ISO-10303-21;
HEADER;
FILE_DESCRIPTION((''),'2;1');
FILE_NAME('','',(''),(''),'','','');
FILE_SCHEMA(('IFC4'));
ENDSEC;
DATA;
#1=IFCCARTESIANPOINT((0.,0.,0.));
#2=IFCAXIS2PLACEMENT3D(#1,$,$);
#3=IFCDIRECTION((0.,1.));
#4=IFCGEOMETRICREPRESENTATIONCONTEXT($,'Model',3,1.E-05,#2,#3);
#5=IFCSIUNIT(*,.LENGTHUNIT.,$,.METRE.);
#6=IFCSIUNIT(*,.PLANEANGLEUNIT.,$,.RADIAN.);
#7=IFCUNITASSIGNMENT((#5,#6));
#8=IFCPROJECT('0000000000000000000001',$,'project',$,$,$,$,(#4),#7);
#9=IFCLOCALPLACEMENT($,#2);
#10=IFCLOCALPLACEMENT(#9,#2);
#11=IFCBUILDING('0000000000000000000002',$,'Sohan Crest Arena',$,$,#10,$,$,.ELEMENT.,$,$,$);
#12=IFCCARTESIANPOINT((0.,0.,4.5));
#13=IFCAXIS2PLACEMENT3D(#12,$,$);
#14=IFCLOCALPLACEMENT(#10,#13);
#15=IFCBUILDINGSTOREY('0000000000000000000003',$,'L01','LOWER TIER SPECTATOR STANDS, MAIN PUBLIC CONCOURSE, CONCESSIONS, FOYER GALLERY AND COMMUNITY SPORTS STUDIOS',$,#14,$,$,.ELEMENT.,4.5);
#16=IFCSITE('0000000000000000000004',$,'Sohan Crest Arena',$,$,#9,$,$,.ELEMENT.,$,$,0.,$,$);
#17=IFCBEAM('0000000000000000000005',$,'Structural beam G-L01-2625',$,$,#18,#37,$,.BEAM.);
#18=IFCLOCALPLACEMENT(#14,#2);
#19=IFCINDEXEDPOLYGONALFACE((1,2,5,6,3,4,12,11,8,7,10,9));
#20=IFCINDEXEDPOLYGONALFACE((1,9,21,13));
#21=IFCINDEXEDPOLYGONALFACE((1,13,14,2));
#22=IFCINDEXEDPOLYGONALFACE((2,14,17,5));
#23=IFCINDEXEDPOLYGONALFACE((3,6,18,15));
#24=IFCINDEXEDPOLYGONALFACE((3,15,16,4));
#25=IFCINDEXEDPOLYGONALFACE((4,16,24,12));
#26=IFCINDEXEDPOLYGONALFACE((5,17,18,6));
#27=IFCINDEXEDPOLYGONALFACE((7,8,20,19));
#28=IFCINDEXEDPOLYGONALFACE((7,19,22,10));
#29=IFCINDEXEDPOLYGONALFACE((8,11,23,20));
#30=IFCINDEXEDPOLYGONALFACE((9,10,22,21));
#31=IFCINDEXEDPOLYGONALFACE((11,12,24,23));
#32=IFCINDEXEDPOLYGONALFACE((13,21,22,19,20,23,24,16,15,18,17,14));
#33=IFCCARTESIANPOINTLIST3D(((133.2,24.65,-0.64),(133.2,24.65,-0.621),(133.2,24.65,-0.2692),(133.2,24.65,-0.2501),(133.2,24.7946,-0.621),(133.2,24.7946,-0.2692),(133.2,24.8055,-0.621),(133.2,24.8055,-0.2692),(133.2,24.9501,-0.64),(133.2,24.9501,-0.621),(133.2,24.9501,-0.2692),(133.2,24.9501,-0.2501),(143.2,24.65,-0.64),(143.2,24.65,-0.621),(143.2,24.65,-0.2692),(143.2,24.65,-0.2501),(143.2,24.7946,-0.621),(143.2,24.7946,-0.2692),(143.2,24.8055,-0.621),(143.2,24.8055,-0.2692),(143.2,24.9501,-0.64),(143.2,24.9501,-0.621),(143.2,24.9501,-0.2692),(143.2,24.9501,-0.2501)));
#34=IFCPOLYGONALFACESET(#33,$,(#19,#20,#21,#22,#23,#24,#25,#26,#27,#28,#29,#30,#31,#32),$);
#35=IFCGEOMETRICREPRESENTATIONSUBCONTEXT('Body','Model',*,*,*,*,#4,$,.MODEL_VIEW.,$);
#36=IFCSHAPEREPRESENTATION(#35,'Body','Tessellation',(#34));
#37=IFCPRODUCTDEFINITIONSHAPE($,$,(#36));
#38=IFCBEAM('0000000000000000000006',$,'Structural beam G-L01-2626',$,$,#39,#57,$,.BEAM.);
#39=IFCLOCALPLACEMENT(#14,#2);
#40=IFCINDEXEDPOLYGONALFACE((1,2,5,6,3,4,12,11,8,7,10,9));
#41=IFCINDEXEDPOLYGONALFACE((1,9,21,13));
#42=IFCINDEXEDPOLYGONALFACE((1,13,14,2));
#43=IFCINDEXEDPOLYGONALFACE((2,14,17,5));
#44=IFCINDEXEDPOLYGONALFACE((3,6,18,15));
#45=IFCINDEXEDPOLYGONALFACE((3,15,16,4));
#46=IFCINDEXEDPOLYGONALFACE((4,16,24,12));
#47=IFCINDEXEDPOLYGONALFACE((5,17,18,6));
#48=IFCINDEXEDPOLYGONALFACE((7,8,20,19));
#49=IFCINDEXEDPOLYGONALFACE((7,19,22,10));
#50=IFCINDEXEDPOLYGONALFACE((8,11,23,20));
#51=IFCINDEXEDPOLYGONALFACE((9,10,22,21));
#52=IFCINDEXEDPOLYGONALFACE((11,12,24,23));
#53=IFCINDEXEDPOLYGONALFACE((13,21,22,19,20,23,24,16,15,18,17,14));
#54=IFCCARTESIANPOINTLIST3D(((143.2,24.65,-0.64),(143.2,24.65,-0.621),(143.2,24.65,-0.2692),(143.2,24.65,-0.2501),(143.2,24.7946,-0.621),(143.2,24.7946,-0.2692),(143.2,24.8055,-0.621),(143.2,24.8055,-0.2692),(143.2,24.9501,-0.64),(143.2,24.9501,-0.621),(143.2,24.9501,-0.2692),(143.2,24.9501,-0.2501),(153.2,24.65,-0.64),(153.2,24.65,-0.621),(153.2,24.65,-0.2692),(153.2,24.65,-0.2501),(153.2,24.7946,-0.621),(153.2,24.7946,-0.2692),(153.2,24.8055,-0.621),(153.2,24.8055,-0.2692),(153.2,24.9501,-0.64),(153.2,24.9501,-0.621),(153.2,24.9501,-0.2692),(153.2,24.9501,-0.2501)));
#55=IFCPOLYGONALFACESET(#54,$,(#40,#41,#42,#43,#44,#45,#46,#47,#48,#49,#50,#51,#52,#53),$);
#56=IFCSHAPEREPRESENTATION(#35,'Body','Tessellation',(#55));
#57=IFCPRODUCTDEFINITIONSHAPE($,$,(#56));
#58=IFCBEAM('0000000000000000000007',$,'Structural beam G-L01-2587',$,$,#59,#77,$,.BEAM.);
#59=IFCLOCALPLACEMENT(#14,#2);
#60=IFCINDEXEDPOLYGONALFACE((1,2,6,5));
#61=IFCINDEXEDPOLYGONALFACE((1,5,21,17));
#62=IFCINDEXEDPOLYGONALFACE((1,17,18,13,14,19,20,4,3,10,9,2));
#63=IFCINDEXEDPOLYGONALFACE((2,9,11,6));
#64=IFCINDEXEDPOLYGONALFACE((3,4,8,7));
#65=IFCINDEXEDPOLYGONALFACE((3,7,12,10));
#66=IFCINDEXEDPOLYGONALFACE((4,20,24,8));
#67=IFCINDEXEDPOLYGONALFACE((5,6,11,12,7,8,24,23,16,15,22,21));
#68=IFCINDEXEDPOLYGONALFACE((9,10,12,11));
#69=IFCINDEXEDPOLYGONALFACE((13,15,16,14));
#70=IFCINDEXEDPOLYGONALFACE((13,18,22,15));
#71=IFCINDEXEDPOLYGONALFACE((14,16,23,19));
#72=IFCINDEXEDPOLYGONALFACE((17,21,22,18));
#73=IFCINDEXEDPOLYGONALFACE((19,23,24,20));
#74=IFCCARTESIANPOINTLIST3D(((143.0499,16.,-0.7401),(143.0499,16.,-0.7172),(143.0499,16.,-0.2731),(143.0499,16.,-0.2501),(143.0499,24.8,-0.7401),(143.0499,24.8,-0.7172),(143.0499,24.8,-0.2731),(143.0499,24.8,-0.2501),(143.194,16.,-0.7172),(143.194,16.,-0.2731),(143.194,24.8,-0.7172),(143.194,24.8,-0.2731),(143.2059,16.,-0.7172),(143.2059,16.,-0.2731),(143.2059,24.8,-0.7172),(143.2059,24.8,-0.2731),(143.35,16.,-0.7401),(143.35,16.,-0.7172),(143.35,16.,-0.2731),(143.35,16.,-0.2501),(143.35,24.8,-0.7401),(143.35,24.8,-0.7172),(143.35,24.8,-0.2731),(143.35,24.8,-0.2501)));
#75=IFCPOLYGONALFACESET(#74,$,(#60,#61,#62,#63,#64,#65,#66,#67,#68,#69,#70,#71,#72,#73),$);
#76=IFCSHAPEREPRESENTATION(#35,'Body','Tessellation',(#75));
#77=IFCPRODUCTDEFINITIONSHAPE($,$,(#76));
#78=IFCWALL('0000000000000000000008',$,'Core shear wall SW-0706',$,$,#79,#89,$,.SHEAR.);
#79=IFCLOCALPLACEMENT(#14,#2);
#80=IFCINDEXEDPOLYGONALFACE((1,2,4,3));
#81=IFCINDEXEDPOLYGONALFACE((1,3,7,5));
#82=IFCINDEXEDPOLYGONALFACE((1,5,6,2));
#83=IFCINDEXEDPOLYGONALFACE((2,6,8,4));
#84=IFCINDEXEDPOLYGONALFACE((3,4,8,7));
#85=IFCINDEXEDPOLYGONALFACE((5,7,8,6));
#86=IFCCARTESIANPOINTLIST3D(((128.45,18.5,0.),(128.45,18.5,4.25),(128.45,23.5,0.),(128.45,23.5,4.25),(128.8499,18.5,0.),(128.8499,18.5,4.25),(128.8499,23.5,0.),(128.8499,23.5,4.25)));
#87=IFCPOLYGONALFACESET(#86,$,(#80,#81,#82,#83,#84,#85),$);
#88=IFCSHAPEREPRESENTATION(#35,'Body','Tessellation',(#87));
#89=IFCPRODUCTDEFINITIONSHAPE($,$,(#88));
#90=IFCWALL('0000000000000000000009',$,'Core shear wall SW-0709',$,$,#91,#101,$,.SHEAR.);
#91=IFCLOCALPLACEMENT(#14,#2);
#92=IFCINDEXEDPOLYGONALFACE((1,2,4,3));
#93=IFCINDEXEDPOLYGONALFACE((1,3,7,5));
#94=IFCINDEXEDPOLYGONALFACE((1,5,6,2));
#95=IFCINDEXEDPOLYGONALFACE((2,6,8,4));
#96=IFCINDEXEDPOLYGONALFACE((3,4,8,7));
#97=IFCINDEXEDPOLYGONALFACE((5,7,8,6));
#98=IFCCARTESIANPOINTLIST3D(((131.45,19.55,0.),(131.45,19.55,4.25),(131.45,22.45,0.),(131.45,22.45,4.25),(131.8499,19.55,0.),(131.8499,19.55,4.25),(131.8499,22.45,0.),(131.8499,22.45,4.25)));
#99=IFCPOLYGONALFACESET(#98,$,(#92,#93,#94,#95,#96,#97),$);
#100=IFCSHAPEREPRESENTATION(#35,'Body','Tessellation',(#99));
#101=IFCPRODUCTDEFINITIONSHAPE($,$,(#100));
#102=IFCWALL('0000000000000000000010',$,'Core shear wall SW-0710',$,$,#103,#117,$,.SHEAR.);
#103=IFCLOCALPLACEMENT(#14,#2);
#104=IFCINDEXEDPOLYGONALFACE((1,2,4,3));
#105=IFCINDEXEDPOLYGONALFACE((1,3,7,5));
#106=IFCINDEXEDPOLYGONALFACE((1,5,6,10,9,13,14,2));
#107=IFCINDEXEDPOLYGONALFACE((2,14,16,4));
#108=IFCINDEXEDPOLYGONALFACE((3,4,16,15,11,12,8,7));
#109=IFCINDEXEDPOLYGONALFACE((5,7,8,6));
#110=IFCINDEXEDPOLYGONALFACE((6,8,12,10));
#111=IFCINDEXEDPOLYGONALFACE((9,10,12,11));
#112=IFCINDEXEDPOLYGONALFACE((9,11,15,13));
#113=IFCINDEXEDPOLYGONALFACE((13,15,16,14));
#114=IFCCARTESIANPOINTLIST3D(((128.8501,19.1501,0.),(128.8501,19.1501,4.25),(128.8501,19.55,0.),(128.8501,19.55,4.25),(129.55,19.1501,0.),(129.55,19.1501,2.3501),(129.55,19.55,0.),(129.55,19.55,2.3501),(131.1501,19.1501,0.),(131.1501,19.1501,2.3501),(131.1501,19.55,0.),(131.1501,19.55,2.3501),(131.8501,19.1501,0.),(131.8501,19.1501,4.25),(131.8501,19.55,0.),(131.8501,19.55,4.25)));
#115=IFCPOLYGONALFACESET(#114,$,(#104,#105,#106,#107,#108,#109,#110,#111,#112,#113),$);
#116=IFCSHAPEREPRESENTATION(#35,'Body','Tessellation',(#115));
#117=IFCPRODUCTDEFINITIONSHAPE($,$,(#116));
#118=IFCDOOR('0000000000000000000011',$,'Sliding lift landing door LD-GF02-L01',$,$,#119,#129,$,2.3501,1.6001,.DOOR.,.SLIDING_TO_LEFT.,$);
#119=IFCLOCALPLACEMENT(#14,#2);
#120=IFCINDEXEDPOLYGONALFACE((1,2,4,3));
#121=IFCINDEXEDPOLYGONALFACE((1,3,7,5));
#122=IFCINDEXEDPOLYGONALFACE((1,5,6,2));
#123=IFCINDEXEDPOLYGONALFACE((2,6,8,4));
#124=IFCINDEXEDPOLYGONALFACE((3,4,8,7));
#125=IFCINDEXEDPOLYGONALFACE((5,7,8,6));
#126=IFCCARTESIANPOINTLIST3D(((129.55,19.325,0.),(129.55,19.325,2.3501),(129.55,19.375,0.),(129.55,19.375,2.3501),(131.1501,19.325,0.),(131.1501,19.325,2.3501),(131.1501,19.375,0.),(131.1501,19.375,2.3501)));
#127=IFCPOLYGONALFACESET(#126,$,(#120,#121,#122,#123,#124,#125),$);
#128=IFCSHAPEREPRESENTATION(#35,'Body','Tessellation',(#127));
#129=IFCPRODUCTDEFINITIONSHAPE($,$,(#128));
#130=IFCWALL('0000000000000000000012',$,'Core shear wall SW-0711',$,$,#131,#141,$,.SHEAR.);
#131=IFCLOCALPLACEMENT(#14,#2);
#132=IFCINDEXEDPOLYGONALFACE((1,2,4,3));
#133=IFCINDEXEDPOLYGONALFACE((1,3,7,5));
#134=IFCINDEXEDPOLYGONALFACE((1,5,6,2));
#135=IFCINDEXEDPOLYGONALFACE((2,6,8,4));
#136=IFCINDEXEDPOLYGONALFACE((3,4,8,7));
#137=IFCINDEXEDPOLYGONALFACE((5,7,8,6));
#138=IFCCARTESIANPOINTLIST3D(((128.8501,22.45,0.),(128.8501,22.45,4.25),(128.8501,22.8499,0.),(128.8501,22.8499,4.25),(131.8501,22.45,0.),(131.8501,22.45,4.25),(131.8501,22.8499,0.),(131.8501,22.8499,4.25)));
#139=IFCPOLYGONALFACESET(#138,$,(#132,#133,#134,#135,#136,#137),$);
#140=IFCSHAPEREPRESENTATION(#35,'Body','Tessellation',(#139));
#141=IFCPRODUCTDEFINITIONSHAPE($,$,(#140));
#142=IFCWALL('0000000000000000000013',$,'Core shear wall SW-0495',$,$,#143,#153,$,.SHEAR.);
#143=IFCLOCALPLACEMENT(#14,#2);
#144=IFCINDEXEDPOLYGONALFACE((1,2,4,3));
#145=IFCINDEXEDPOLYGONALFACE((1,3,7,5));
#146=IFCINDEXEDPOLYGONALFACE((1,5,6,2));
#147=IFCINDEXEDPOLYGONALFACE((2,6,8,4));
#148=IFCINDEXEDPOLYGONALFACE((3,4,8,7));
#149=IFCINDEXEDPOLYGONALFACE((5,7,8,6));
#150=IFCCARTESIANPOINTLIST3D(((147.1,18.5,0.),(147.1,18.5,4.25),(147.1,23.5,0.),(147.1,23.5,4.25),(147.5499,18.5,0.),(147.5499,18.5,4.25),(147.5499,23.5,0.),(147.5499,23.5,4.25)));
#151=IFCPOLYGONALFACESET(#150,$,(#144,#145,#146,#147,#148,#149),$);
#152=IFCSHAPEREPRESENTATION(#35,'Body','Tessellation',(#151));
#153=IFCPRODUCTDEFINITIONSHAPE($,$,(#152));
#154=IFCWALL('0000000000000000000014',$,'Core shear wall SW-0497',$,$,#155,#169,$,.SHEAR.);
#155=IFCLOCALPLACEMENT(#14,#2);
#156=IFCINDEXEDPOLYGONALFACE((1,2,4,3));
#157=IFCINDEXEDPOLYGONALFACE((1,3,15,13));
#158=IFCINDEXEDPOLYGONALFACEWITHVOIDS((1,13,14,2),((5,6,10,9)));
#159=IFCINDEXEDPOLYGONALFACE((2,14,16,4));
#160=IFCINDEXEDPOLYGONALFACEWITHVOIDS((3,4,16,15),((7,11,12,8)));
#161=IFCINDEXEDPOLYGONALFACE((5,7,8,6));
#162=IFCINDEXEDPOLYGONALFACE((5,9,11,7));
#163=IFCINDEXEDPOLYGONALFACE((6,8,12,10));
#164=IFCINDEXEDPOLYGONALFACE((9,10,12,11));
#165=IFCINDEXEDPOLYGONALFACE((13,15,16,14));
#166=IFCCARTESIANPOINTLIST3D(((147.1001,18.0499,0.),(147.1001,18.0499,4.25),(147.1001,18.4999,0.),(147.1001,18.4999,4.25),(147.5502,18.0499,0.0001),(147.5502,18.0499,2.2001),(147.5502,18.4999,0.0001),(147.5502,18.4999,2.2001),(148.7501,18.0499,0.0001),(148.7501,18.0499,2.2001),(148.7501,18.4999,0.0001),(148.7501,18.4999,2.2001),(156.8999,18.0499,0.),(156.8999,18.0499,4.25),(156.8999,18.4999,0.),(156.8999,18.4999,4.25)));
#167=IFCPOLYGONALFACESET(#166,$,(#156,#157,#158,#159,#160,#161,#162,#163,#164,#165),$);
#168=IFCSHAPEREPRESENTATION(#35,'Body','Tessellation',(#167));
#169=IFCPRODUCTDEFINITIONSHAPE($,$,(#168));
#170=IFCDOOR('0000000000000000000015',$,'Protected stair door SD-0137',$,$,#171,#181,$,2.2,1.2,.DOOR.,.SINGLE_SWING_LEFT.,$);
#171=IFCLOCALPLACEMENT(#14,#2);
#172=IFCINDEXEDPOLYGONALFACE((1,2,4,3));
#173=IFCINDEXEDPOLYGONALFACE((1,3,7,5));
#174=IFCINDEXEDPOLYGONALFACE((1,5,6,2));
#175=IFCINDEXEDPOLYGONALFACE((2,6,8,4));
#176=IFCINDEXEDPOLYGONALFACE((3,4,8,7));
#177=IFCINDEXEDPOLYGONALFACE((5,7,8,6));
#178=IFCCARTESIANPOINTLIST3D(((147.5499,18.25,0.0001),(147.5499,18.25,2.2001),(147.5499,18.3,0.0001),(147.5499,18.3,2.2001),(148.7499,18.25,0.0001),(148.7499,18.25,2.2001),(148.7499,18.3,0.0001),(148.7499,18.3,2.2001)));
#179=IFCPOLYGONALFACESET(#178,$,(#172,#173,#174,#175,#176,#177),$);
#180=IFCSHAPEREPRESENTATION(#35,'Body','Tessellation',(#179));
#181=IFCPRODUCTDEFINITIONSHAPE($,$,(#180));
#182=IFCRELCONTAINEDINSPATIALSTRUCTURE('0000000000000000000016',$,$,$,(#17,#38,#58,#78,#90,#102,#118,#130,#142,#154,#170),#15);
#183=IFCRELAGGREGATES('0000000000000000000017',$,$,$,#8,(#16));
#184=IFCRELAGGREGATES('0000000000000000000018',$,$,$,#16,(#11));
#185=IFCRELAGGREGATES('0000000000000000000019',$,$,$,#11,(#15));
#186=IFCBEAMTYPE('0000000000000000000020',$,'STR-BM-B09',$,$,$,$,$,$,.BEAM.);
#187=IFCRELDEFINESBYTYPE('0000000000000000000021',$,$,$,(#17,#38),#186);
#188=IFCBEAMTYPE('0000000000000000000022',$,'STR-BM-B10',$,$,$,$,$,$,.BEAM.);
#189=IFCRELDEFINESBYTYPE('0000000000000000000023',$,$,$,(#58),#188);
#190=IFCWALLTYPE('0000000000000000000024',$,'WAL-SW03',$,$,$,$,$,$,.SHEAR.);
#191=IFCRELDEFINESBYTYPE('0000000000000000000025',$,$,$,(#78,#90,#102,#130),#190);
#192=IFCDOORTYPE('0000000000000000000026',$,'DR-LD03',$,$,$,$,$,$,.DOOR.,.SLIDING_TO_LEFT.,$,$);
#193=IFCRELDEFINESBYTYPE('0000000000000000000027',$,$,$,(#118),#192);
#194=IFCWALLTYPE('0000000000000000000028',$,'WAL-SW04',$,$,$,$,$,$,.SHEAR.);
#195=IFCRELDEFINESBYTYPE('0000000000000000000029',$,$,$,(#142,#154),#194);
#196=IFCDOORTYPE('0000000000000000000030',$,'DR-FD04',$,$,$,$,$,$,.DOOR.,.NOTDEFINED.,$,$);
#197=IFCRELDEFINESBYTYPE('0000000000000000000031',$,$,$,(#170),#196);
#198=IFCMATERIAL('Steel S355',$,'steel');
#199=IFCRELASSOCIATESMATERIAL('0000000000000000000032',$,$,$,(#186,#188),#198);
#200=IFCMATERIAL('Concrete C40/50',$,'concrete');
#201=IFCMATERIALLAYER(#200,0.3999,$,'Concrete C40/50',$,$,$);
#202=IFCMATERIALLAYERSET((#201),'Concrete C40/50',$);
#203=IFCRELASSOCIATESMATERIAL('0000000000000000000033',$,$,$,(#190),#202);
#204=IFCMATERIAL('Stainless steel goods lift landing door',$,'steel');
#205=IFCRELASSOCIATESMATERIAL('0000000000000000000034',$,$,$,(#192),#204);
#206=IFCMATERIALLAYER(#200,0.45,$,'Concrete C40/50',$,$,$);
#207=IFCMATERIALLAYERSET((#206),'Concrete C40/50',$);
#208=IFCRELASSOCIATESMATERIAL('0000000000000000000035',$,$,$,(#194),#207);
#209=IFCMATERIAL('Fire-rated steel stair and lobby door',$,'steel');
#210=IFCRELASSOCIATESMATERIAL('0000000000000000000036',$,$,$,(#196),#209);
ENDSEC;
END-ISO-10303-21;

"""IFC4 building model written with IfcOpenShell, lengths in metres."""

from ifc_helpers import new_model, si_unit, direction, frame, frame_2d, origin, origin_2d, place, context, subcontext, project, spatial, rectangle, i_section, extrude, material, layer, layer_set, material_profile, profile_set, type_object, element, fill, save


model = new_model("IFC4")

# Units and contexts
model_context = context("Model", 3, precision=1e-05, world=origin(), true_north=direction((0.0, 1.0)))
body_context = subcontext(model_context, "Body", "Model", "MODEL_VIEW")
ifc_project = project(units=[si_unit("LENGTHUNIT", "METRE"), si_unit("PLANEANGLEUNIT", "RADIAN")], contexts=[model_context])

# Site, building, storey
site_placement = place(None, origin())
site = spatial("IfcSite", under=ifc_project, at=site_placement, Name="Sohan Crest Arena", CompositionType="ELEMENT", RefElevation=0.0)
building_placement = place(site_placement, origin())
building = spatial("IfcBuilding", under=site, at=building_placement, Name="Sohan Crest Arena", CompositionType="ELEMENT")
storey_placement = place(building_placement, frame((0.0, 0.0, 4.5)))
storey = spatial("IfcBuildingStorey", under=building, at=storey_placement, Name="L01", Description="LOWER TIER SPECTATOR STANDS, MAIN PUBLIC CONCOURSE, CONCESSIONS, FOYER GALLERY AND COMMUNITY SPORTS STUDIOS", CompositionType="ELEMENT", Elevation=4.5)

# Shared definitions
ifc_material_1 = material(Name="Steel S355", Category="steel")

# Beams
ifc_material_profile_1 = material_profile(ifc_material_1, i_section(OverallWidth=0.3, OverallDepth=0.3899, WebThickness=0.011, FlangeThickness=0.019, at=origin_2d()), Name="HEA 400")
ifc_profile_set_1 = profile_set([ifc_material_profile_1], Name="Steel S355")
beam_type_1 = type_object("IfcBeamType", Name="STR-BM-B09", PredefinedType="BEAM", material=ifc_profile_set_1)
for number, where, z_axis, x_axis, name in (
    (1, (133.2, 24.8, -0.4451), (1.0, 0.0, 0.0), (0.0, 1.0, 0.0), "Structural beam G-L01-2625"),
    (2, (143.2, 24.8, -0.4451), (1.0, 0.0, 0.0), (0.0, 1.0, 0.0), "Structural beam G-L01-2626"),
):
    element("IfcBeam", number, at=place(storey_placement, frame(where, z_axis=z_axis, x_axis=x_axis)), inside=storey, type_object=beam_type_1, Name=name, PredefinedType="BEAM", context=body_context, shape_type="SweptSolid", body=[
        extrude(i_section(OverallWidth=0.3, OverallDepth=0.3899, WebThickness=0.011, FlangeThickness=0.019, at=origin_2d()), origin(), (0.0, 0.0, 1.0), 10.0),
    ])
ifc_material_profile_2 = material_profile(ifc_material_1, i_section(OverallWidth=0.3, OverallDepth=0.49, WebThickness=0.012, FlangeThickness=0.0229, at=origin_2d()), Name="HEA 500")
ifc_profile_set_2 = profile_set([ifc_material_profile_2], Name="Steel S355")
beam_type_2 = type_object("IfcBeamType", Name="STR-BM-B10", PredefinedType="BEAM", material=ifc_profile_set_2)
beam_1_placement = place(storey_placement, frame((143.2, 16.0, -0.4951), z_axis=(0.0, 1.0, 0.0), x_axis=(-1.0, 0.0, 0.0)))
element("IfcBeam", 3, at=beam_1_placement, inside=storey, type_object=beam_type_2, Name="Structural beam G-L01-2587", PredefinedType="BEAM", context=body_context, shape_type="SweptSolid", body=[
    extrude(i_section(OverallWidth=0.3, OverallDepth=0.49, WebThickness=0.012, FlangeThickness=0.0229, at=origin_2d()), origin(), (0.0, 0.0, 1.0), 8.8),
])

# Walls
ifc_material_2 = material(Name="Concrete C40/50", Category="concrete")
ifc_layer_1 = layer(ifc_material_2, 0.3999, Name="Concrete C40/50")
ifc_layer_set_1 = layer_set([ifc_layer_1], Name="Concrete C40/50")
wall_type_1 = type_object("IfcWallType", Name="WAL-SW03", PredefinedType="SHEAR", material=ifc_layer_set_1)
wall_1_placement = place(storey_placement, frame((128.6499, 18.5, 0.0), z_axis=(0.0, 0.0, 1.0), x_axis=(0.0, 1.0, 0.0)))
element("IfcWall", 4, at=wall_1_placement, inside=storey, type_object=wall_type_1, Name="Core shear wall SW-0706", PredefinedType="SHEAR", context=body_context, shape_type="SweptSolid", body=[
    extrude(rectangle(XDim=5.0, YDim=0.3999, at=frame_2d((2.5, 0.0))), origin(), (0.0, 0.0, 1.0), 4.25),
])
wall_2_placement = place(storey_placement, frame((131.6499, 19.55, 0.0), z_axis=(0.0, 0.0, 1.0), x_axis=(0.0, 1.0, 0.0)))
element("IfcWall", 5, at=wall_2_placement, inside=storey, type_object=wall_type_1, Name="Core shear wall SW-0709", PredefinedType="SHEAR", context=body_context, shape_type="SweptSolid", body=[
    extrude(rectangle(XDim=2.8999, YDim=0.3999, at=frame_2d((1.45, 0.0))), origin(), (0.0, 0.0, 1.0), 4.25),
])

# Wall, opening, door
wall_3_placement = place(storey_placement, frame((128.8501, 19.3501, 0.0), z_axis=(0.0, 0.0, 1.0), x_axis=(1.0, 0.0, 0.0)))
wall_3 = element("IfcWall", 6, at=wall_3_placement, inside=storey, type_object=wall_type_1, Name="Core shear wall SW-0710", PredefinedType="SHEAR", context=body_context, shape_type="SweptSolid", body=[
    extrude(rectangle(XDim=3.0, YDim=0.3999, at=frame_2d((1.5, 0.0))), origin(), (0.0, 0.0, 1.0), 4.25),
])
opening_1_placement = place(wall_3_placement, frame((0.7, 0.0, 0.0)))
opening_1 = element("IfcOpeningElement", 7, at=opening_1_placement, cuts=wall_3, PredefinedType="OPENING", context=body_context, shape_type="SweptSolid", body=[
    extrude(rectangle(XDim=1.6001, YDim=2.3501, at=frame_2d((0.8, 1.175))), frame((0.0, 0.21, 0.0), z_axis=(0.0, -1.0, 0.0), x_axis=(1.0, 0.0, 0.0)), (0.0, 0.0, 1.0), 0.4199),
])
ifc_material_3 = material(Name="Stainless steel goods lift landing door", Category="steel")
door_type_1 = type_object("IfcDoorType", Name="DR-LD03", OperationType="SLIDING_TO_LEFT", PredefinedType="DOOR", material=ifc_material_3)
door_1_placement = place(opening_1_placement, origin())
door_1 = element("IfcDoor", 8, at=door_1_placement, inside=storey, type_object=door_type_1, Name="Sliding lift landing door LD-GF02-L01", OperationType="SLIDING_TO_LEFT", OverallHeight=2.3501, OverallWidth=1.6001, PredefinedType="DOOR", context=body_context, shape_type="SweptSolid", body=[
    extrude(rectangle(XDim=1.6001, YDim=2.3501, at=frame_2d((0.8, 1.175))), frame((0.0, 0.0249, 0.0), z_axis=(0.0, -1.0, 0.0), x_axis=(1.0, 0.0, 0.0)), (0.0, 0.0, 1.0), 0.05),
])
fill(opening_1, door_1)

# Walls
wall_4_placement = place(storey_placement, frame((128.8501, 22.6499, 0.0), z_axis=(0.0, 0.0, 1.0), x_axis=(1.0, 0.0, 0.0)))
element("IfcWall", 9, at=wall_4_placement, inside=storey, type_object=wall_type_1, Name="Core shear wall SW-0711", PredefinedType="SHEAR", context=body_context, shape_type="SweptSolid", body=[
    extrude(rectangle(XDim=3.0, YDim=0.3999, at=frame_2d((1.5, 0.0))), origin(), (0.0, 0.0, 1.0), 4.25),
])
ifc_layer_2 = layer(ifc_material_2, 0.45, Name="Concrete C40/50")
ifc_layer_set_2 = layer_set([ifc_layer_2], Name="Concrete C40/50")
wall_type_2 = type_object("IfcWallType", Name="WAL-SW04", PredefinedType="SHEAR", material=ifc_layer_set_2)
wall_5_placement = place(storey_placement, frame((147.325, 18.5, 0.0), z_axis=(0.0, 0.0, 1.0), x_axis=(0.0, 1.0, 0.0)))
element("IfcWall", 10, at=wall_5_placement, inside=storey, type_object=wall_type_2, Name="Core shear wall SW-0495", PredefinedType="SHEAR", context=body_context, shape_type="SweptSolid", body=[
    extrude(rectangle(XDim=5.0, YDim=0.45, at=frame_2d((2.5, 0.0))), origin(), (0.0, 0.0, 1.0), 4.25),
])

# Wall, opening, door
wall_6_placement = place(storey_placement, frame((147.1001, 18.2749, 0.0), z_axis=(0.0, 0.0, 1.0), x_axis=(1.0, 0.0, 0.0)))
wall_6 = element("IfcWall", 11, at=wall_6_placement, inside=storey, type_object=wall_type_2, Name="Core shear wall SW-0497", PredefinedType="SHEAR", context=body_context, shape_type="SweptSolid", body=[
    extrude(rectangle(XDim=9.7998, YDim=0.45, at=frame_2d((4.8999, 0.0))), origin(), (0.0, 0.0, 1.0), 4.25),
])
opening_2_placement = place(wall_6_placement, frame((0.45, 0.0, 0.0)))
opening_2 = element("IfcOpeningElement", 12, at=opening_2_placement, cuts=wall_6, PredefinedType="OPENING", context=body_context, shape_type="SweptSolid", body=[
    extrude(rectangle(XDim=1.2, YDim=2.2, at=frame_2d((0.6001, 1.1001))), frame((0.0, 0.2349, 0.0), z_axis=(0.0, -1.0, 0.0), x_axis=(1.0, 0.0, 0.0)), (0.0, 0.0, 1.0), 0.47),
])
ifc_material_4 = material(Name="Fire-rated steel stair and lobby door", Category="steel")
door_type_2 = type_object("IfcDoorType", Name="DR-FD04", OperationType="NOTDEFINED", PredefinedType="DOOR", material=ifc_material_4)
door_2_placement = place(opening_2_placement, frame((1.2, 0.0, 0.0), z_axis=(0.0, 0.0, 1.0), x_axis=(-1.0, 0.0, 0.0)))
door_2 = element("IfcDoor", 13, at=door_2_placement, inside=storey, type_object=door_type_2, Name="Protected stair door SD-0137", OperationType="SINGLE_SWING_LEFT", OverallHeight=2.2, OverallWidth=1.2, PredefinedType="DOOR", context=body_context, shape_type="SweptSolid", body=[
    extrude(rectangle(XDim=1.2, YDim=2.2, at=frame_2d((0.6001, 1.1001))), frame((0.0, 0.0249, 0.0), z_axis=(0.0, -1.0, 0.0), x_axis=(1.0, 0.0, 0.0)), (0.0, 0.0, 1.0), 0.05),
])
fill(opening_2, door_2)

save(model, "model.ifc")
